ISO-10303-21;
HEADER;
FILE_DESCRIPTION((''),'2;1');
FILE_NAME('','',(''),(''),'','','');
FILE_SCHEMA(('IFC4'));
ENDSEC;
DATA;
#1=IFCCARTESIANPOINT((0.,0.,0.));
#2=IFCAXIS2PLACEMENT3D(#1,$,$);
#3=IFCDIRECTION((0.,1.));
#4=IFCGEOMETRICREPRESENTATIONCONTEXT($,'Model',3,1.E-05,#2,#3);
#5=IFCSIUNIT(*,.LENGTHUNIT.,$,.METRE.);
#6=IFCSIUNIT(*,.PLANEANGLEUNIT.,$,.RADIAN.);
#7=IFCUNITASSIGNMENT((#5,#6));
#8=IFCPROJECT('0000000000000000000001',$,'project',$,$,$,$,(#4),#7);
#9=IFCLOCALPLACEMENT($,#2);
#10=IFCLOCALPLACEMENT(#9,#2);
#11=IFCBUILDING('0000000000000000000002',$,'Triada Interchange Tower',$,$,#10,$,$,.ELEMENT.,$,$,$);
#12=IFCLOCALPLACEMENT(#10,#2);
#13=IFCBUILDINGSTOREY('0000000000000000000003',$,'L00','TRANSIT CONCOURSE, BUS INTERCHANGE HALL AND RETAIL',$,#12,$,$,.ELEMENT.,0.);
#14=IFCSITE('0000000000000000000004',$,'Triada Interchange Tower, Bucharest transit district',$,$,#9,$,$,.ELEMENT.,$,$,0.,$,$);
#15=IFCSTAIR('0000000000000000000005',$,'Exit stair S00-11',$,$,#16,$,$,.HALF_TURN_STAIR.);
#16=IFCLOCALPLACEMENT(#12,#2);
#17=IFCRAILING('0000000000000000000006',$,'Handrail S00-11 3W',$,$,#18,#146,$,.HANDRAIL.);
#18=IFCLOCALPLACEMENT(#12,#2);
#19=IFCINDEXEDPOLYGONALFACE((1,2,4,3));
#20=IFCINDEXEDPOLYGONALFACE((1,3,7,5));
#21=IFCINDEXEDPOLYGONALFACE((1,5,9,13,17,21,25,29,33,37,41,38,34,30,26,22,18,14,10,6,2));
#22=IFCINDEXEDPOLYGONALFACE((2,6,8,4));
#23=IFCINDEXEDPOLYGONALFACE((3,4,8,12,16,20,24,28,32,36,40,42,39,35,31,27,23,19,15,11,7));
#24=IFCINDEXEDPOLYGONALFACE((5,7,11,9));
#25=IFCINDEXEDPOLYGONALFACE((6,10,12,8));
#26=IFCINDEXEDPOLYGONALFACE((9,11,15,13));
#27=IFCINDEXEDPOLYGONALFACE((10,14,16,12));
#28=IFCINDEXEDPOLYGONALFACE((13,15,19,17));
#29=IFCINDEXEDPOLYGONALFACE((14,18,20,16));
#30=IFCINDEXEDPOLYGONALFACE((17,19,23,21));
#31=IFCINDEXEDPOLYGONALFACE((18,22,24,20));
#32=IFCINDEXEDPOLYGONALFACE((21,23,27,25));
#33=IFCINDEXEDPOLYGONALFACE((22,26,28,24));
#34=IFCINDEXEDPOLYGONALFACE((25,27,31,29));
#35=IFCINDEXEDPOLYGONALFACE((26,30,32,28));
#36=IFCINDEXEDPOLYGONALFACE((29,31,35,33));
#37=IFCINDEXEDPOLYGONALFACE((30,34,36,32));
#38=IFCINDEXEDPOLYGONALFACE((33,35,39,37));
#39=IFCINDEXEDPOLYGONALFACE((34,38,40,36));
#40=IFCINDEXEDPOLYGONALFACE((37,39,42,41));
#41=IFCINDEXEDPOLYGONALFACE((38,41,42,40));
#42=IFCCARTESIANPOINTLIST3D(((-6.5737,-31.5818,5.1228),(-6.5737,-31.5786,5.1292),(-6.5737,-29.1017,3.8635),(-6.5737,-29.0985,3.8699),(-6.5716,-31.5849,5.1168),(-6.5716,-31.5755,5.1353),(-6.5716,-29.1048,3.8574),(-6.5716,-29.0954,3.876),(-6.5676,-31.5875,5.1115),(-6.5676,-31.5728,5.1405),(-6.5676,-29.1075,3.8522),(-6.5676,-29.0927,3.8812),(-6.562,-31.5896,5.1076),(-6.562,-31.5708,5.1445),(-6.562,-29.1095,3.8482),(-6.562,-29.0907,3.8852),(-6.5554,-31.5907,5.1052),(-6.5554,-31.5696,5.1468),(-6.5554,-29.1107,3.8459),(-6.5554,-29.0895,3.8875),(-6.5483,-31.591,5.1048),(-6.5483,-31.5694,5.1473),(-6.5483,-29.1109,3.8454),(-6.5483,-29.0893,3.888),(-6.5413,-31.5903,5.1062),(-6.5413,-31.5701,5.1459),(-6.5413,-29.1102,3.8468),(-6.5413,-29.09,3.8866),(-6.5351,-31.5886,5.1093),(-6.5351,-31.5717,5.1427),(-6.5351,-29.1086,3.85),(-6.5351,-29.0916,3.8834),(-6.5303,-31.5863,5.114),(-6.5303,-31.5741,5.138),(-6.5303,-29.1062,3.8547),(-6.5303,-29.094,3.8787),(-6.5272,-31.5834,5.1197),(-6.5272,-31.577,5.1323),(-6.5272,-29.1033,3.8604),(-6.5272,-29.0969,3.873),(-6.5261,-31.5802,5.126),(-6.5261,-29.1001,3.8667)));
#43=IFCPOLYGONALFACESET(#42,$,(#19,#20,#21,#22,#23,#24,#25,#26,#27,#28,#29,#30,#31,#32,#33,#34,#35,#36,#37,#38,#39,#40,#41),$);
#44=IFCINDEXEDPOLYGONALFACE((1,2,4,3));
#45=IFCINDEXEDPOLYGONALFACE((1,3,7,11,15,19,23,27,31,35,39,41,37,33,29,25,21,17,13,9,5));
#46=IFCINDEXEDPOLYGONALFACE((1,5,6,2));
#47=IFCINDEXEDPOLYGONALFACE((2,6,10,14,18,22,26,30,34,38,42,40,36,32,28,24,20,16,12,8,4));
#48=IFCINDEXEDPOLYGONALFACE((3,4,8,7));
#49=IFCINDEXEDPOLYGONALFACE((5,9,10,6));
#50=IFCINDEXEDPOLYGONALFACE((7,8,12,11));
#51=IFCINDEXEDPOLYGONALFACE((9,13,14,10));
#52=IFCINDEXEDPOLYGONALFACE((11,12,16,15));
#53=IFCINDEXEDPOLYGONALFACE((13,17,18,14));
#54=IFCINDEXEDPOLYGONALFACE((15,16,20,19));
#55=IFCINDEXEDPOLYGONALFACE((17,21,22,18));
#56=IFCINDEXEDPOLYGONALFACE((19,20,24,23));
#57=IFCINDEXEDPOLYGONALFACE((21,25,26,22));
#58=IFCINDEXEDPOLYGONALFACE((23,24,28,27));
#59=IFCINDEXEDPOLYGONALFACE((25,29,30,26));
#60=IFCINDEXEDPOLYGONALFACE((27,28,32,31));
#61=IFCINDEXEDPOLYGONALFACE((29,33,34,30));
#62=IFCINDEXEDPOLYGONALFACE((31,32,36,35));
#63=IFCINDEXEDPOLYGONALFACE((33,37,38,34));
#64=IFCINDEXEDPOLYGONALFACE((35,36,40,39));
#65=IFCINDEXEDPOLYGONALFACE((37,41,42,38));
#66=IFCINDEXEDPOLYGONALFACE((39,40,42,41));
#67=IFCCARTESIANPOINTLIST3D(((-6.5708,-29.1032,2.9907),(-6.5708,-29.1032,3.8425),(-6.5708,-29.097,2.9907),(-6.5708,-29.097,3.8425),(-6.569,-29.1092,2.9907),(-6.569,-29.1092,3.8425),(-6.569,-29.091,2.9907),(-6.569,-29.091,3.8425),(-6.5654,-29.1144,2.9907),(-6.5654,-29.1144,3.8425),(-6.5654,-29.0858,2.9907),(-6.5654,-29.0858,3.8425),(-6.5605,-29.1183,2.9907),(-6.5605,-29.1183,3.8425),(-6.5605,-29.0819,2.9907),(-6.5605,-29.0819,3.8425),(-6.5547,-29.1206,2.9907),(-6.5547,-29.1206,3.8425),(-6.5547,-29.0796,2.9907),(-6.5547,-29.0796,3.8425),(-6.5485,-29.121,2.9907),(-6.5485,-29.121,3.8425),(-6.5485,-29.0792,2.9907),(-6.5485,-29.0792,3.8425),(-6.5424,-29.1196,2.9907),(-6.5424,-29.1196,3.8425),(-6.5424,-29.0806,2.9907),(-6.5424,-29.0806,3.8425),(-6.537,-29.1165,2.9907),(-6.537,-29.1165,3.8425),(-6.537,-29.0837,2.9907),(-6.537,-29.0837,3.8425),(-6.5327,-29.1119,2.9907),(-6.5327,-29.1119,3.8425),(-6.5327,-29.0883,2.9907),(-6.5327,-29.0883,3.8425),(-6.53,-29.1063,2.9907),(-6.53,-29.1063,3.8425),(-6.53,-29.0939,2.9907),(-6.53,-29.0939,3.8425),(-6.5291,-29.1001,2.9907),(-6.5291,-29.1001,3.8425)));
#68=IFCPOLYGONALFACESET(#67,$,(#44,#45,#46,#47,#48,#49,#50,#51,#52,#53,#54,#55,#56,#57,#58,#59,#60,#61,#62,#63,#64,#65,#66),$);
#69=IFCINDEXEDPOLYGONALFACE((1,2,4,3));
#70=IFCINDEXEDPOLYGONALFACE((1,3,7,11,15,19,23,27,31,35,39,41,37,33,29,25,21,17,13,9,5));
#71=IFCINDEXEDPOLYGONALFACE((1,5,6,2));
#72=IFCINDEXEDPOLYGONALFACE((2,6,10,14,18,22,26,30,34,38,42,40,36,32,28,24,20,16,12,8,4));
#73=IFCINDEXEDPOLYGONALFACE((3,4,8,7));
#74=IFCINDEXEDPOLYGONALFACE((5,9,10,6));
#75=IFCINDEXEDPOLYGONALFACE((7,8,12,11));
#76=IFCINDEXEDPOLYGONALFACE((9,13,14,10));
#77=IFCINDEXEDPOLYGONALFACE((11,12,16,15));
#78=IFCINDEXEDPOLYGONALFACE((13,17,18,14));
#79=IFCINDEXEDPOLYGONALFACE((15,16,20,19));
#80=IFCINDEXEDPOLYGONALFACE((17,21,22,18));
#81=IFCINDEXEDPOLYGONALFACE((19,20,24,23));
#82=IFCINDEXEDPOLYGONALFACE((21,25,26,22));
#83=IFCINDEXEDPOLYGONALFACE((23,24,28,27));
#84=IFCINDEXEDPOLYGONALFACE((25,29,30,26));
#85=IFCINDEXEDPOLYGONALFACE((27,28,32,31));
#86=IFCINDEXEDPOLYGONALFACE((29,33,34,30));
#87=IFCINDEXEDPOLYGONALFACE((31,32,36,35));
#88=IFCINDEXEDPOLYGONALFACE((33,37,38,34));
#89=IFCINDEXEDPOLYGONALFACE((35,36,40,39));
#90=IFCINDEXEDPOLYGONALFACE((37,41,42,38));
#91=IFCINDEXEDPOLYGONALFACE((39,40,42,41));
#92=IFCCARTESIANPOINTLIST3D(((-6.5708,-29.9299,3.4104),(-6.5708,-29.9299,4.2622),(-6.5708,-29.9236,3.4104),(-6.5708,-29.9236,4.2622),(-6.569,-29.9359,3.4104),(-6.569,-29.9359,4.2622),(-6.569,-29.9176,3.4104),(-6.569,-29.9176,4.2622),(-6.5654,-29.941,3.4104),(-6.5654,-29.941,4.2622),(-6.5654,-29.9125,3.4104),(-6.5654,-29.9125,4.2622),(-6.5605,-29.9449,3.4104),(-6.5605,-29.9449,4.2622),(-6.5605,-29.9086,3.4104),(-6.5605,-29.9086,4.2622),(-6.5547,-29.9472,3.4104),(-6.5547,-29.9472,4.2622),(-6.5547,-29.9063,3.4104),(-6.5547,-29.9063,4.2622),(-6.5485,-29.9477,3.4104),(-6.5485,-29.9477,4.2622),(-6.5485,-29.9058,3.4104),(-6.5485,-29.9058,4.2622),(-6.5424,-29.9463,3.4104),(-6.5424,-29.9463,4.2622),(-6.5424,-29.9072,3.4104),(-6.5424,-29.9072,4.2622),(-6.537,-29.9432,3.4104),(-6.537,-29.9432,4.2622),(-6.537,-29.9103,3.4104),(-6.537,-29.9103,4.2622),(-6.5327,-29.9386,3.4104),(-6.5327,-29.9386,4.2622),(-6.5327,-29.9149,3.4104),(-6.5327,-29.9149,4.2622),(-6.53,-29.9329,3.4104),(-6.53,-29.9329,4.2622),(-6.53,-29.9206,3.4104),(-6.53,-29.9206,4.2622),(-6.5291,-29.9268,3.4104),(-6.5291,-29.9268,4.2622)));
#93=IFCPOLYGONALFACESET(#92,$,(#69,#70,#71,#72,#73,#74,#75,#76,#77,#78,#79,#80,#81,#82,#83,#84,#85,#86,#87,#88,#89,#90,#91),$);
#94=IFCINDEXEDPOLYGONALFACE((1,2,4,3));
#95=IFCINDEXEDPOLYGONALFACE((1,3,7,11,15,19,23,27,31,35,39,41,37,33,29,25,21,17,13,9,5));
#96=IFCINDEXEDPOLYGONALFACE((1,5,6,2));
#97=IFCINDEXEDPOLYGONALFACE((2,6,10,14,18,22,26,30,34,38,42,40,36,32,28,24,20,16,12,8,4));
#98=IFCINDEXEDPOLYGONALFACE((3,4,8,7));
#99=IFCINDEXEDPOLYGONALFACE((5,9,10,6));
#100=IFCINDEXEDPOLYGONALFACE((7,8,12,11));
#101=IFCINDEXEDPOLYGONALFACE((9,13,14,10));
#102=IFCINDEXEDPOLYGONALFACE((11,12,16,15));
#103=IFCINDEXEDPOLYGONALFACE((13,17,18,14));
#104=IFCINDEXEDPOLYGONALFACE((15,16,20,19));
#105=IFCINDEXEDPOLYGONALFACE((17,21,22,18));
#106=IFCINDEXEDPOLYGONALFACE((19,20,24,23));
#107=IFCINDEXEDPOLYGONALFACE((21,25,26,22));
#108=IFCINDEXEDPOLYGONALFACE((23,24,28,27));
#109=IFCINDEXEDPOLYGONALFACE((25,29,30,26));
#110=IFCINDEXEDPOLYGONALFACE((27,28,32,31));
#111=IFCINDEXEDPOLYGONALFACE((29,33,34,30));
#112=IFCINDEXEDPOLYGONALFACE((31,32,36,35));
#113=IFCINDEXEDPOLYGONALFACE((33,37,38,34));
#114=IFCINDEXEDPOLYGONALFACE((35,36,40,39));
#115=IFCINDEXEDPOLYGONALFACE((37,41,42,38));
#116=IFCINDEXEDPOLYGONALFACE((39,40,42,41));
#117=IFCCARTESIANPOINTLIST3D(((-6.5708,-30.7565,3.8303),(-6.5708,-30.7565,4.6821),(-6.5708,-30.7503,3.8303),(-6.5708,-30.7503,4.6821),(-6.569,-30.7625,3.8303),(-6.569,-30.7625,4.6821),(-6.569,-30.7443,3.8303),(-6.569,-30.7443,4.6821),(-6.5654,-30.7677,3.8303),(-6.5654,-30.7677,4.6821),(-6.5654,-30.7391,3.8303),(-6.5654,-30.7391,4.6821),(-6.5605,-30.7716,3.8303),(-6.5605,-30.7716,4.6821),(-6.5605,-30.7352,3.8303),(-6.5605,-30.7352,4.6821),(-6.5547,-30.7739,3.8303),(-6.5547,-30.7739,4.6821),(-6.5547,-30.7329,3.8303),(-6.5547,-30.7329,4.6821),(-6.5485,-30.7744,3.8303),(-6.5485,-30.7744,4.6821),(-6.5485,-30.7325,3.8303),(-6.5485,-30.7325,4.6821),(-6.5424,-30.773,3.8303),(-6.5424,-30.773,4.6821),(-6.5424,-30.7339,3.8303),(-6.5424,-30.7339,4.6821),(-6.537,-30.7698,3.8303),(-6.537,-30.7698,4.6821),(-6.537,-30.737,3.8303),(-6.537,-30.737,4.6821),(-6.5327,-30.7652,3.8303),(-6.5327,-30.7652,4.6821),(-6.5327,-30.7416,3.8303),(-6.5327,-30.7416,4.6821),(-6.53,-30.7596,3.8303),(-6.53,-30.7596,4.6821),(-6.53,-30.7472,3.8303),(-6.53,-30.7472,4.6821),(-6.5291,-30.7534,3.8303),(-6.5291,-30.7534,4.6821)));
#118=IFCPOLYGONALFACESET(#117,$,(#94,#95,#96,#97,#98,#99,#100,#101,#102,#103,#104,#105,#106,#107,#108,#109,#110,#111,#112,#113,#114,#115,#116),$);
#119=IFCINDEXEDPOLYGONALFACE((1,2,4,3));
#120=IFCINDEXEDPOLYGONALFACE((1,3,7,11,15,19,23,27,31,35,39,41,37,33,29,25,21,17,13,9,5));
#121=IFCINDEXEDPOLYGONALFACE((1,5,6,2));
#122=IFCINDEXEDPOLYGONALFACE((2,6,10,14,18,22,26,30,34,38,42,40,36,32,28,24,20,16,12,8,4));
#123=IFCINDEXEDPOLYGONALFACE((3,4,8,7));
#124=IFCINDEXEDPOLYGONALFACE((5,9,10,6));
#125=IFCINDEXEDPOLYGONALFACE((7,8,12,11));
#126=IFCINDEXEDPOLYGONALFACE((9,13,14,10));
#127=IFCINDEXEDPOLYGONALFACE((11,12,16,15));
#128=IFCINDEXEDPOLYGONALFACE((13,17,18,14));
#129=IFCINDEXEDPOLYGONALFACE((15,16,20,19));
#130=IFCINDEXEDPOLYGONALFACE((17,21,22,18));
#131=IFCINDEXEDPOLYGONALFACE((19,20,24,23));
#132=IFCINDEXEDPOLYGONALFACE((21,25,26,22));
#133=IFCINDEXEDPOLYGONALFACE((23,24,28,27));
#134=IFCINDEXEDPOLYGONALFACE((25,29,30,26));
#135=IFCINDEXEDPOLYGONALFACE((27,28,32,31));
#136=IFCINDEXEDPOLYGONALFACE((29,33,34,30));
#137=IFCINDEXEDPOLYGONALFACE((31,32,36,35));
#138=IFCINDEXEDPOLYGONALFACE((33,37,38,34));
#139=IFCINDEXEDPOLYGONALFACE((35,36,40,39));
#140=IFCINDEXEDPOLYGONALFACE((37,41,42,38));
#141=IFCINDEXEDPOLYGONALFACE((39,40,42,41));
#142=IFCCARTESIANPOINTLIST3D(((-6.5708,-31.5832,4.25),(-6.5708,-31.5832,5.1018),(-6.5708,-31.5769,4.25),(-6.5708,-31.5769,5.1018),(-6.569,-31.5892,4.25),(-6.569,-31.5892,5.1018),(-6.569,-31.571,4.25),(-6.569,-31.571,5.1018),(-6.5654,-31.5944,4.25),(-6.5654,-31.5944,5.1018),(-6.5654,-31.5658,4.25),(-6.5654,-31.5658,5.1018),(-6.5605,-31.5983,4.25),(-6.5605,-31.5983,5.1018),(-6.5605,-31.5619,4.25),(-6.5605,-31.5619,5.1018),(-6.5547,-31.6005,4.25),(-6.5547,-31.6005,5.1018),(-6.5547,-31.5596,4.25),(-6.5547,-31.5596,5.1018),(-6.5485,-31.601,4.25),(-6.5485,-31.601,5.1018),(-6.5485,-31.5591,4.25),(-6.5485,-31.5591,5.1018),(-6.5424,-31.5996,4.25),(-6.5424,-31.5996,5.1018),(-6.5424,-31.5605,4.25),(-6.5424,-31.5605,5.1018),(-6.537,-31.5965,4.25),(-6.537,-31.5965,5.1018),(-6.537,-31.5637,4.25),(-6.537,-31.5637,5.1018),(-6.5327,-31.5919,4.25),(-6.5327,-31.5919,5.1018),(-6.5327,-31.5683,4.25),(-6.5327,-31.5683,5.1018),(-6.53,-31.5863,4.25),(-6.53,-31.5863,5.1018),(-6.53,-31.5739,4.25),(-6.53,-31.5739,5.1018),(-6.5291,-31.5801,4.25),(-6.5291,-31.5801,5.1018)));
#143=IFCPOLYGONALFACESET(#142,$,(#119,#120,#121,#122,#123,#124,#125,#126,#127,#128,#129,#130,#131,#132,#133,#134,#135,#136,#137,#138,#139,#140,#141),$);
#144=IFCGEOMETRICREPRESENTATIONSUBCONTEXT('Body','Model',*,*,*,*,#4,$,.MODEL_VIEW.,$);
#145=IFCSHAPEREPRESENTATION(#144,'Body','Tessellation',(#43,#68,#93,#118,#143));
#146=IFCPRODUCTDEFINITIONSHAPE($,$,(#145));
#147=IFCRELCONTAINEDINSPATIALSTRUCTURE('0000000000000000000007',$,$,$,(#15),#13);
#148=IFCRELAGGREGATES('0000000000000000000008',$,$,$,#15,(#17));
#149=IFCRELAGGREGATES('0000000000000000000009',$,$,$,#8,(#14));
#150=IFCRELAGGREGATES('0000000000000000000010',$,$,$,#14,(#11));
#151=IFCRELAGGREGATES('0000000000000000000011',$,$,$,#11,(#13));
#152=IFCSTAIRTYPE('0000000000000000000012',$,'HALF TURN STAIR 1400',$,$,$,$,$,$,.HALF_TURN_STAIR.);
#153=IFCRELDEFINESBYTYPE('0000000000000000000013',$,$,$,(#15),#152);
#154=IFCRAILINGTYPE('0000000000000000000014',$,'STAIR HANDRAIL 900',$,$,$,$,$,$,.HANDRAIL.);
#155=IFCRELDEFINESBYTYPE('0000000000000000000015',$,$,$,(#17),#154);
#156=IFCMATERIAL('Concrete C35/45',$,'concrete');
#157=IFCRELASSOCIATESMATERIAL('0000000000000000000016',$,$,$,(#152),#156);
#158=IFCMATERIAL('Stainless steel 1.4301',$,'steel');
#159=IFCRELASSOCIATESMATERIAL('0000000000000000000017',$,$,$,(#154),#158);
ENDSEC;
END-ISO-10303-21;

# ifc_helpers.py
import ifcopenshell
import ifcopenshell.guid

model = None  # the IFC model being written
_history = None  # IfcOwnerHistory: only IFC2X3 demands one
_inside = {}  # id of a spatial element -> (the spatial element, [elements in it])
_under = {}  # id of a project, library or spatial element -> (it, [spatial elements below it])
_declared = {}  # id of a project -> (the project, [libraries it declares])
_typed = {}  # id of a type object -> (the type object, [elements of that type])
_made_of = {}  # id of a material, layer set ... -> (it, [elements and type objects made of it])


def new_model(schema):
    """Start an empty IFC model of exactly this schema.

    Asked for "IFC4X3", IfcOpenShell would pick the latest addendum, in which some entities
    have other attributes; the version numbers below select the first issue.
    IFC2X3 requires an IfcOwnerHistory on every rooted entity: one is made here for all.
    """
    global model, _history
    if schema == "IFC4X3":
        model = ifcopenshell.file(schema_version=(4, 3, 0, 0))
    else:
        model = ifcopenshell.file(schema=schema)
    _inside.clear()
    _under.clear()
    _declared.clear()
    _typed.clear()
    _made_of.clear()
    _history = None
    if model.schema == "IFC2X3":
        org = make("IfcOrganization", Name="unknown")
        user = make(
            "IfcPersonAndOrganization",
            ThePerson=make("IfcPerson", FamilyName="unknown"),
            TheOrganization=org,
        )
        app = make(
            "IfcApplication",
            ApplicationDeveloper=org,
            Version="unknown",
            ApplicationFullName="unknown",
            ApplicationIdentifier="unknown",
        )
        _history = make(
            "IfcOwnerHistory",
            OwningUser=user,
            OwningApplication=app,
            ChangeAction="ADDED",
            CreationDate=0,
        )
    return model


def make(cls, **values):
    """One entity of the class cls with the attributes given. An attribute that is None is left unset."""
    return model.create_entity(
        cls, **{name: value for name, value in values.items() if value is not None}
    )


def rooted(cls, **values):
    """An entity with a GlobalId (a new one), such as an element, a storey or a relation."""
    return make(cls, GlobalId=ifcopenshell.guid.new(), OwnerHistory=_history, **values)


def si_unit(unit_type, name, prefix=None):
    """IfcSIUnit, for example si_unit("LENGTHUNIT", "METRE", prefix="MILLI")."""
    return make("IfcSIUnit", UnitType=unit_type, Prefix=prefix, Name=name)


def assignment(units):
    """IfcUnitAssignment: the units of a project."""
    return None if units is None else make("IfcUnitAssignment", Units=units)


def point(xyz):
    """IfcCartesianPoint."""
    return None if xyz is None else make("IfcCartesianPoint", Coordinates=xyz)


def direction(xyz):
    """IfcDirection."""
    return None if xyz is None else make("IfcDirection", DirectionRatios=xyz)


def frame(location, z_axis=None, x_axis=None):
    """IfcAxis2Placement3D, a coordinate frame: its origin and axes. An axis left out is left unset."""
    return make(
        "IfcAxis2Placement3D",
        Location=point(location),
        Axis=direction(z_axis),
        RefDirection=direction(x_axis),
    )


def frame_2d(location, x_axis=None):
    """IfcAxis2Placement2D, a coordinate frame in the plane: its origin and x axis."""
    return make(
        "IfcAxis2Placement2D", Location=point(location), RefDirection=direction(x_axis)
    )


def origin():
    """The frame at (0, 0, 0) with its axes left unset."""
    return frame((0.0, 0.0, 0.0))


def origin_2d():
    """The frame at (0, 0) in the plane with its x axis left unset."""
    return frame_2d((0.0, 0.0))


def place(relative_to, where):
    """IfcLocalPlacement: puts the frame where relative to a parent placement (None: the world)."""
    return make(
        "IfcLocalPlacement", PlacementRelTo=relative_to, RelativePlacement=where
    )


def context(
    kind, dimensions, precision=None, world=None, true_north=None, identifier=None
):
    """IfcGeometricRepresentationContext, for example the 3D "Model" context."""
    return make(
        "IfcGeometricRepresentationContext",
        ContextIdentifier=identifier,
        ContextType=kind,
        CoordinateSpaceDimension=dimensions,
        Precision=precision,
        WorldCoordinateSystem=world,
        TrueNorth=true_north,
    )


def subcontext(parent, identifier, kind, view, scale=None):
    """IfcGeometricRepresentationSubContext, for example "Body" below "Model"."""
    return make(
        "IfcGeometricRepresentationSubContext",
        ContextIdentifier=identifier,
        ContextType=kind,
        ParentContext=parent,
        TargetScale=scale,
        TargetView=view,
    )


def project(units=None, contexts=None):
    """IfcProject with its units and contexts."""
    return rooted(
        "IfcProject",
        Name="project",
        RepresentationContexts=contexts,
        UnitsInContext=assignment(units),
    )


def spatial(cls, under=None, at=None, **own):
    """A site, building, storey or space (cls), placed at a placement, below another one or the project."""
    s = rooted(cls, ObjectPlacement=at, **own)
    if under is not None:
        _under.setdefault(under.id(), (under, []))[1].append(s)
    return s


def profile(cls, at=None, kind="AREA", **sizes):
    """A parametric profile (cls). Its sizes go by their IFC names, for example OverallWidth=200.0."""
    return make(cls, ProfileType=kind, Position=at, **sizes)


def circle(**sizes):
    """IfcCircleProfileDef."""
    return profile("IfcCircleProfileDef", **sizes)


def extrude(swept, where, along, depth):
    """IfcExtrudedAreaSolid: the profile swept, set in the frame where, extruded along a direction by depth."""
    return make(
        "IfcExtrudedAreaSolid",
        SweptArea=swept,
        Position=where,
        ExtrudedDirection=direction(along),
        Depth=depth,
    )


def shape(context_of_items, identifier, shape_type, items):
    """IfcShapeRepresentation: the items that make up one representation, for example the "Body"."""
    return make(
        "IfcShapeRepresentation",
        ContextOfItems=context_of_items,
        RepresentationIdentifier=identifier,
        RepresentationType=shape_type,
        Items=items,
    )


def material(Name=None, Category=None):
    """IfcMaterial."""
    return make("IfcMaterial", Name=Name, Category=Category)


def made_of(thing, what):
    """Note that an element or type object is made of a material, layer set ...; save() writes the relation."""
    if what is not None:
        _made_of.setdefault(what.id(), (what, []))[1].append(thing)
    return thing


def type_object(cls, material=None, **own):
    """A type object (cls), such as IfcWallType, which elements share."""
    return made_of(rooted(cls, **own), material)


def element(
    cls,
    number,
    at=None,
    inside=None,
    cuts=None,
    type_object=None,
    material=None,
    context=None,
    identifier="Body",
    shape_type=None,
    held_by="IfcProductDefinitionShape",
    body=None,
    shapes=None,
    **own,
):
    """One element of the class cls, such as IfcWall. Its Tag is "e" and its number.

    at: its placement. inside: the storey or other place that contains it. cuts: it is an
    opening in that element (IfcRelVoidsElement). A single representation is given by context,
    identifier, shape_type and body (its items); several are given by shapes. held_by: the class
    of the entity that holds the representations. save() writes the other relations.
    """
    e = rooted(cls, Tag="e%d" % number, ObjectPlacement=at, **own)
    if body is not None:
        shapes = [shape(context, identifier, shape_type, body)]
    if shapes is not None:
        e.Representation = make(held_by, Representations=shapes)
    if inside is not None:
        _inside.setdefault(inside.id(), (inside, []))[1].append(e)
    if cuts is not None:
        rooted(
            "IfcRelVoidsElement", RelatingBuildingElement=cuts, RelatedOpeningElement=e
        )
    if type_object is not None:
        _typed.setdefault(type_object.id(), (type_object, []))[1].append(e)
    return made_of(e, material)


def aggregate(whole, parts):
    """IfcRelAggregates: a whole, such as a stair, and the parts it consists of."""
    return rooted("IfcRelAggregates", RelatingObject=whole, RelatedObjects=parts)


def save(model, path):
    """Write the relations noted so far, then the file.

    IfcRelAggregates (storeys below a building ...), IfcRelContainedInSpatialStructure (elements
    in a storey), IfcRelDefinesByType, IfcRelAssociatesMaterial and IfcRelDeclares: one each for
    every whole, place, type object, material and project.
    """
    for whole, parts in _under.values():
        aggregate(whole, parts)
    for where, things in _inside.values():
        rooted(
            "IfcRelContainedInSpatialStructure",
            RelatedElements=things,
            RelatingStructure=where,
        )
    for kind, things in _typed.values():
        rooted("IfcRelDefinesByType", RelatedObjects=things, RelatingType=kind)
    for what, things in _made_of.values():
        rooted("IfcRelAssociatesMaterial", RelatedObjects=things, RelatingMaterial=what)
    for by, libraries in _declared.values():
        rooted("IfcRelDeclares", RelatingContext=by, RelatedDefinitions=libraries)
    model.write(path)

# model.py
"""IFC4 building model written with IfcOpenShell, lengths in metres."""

from ifc_helpers import new_model, si_unit, direction, frame, origin, origin_2d, place, context, subcontext, project, spatial, circle, extrude, material, type_object, element, aggregate, save


model = new_model("IFC4")

# Units and contexts
model_context = context("Model", 3, precision=1e-05, world=origin(), true_north=direction((0.0, 1.0)))
body_context = subcontext(model_context, "Body", "Model", "MODEL_VIEW")
ifc_project = project(units=[si_unit("LENGTHUNIT", "METRE"), si_unit("PLANEANGLEUNIT", "RADIAN")], contexts=[model_context])

# Site, building, storey
site_placement = place(None, origin())
site = spatial("IfcSite", under=ifc_project, at=site_placement, Name="Triada Interchange Tower, Bucharest transit district", CompositionType="ELEMENT", RefElevation=0.0)
building_placement = place(site_placement, origin())
building = spatial("IfcBuilding", under=site, at=building_placement, Name="Triada Interchange Tower", CompositionType="ELEMENT")
storey_placement = place(building_placement, origin())
storey = spatial("IfcBuildingStorey", under=building, at=storey_placement, Name="L00", Description="TRANSIT CONCOURSE, BUS INTERCHANGE HALL AND RETAIL", CompositionType="ELEMENT", Elevation=0.0)

# Shared definitions
ifc_material_1 = material(Name="Concrete C35/45", Category="concrete")

# Stair, railing
stair_type = type_object("IfcStairType", Name="HALF TURN STAIR 1400", PredefinedType="HALF_TURN_STAIR", material=ifc_material_1)
stair_placement = place(storey_placement, origin())
stair = element("IfcStair", 1, at=stair_placement, inside=storey, type_object=stair_type, Name="Exit stair S00-11", PredefinedType="HALF_TURN_STAIR")
ifc_material_2 = material(Name="Stainless steel 1.4301", Category="steel")
railing_type_1 = type_object("IfcRailingType", Name="STAIR HANDRAIL 900", PredefinedType="HANDRAIL", material=ifc_material_2)
railing_1_placement = place(storey_placement, frame((-6.55, -29.1001, 2.9907)))
railing_1 = element("IfcRailing", 2, at=railing_1_placement, type_object=railing_type_1, Name="Handrail S00-11 3W", PredefinedType="HANDRAIL", context=body_context, shape_type="SweptSolid", body=[
    extrude(circle(Radius=0.0239, at=origin_2d()), frame((0.0, 0.0, 0.876), z_axis=(0.0, -0.891636, 0.452752), x_axis=(1.0, 0.0, 0.0)), (0.0, 0.0, 1.0), 2.7815),
    extrude(circle(Radius=0.021, at=origin_2d()), origin(), (0.0, 0.0, 1.0), 0.8518),
    extrude(circle(Radius=0.021, at=origin_2d()), frame((0.0, -0.8267, 0.4197)), (0.0, 0.0, 1.0), 0.8518),
    extrude(circle(Radius=0.021, at=origin_2d()), frame((0.0, -1.6533, 0.8396)), (0.0, 0.0, 1.0), 0.8518),
    extrude(circle(Radius=0.021, at=origin_2d()), frame((0.0, -2.48, 1.2593)), (0.0, 0.0, 1.0), 0.8518),
])
aggregate(stair, [railing_1])

save(model, "model.ifc")
